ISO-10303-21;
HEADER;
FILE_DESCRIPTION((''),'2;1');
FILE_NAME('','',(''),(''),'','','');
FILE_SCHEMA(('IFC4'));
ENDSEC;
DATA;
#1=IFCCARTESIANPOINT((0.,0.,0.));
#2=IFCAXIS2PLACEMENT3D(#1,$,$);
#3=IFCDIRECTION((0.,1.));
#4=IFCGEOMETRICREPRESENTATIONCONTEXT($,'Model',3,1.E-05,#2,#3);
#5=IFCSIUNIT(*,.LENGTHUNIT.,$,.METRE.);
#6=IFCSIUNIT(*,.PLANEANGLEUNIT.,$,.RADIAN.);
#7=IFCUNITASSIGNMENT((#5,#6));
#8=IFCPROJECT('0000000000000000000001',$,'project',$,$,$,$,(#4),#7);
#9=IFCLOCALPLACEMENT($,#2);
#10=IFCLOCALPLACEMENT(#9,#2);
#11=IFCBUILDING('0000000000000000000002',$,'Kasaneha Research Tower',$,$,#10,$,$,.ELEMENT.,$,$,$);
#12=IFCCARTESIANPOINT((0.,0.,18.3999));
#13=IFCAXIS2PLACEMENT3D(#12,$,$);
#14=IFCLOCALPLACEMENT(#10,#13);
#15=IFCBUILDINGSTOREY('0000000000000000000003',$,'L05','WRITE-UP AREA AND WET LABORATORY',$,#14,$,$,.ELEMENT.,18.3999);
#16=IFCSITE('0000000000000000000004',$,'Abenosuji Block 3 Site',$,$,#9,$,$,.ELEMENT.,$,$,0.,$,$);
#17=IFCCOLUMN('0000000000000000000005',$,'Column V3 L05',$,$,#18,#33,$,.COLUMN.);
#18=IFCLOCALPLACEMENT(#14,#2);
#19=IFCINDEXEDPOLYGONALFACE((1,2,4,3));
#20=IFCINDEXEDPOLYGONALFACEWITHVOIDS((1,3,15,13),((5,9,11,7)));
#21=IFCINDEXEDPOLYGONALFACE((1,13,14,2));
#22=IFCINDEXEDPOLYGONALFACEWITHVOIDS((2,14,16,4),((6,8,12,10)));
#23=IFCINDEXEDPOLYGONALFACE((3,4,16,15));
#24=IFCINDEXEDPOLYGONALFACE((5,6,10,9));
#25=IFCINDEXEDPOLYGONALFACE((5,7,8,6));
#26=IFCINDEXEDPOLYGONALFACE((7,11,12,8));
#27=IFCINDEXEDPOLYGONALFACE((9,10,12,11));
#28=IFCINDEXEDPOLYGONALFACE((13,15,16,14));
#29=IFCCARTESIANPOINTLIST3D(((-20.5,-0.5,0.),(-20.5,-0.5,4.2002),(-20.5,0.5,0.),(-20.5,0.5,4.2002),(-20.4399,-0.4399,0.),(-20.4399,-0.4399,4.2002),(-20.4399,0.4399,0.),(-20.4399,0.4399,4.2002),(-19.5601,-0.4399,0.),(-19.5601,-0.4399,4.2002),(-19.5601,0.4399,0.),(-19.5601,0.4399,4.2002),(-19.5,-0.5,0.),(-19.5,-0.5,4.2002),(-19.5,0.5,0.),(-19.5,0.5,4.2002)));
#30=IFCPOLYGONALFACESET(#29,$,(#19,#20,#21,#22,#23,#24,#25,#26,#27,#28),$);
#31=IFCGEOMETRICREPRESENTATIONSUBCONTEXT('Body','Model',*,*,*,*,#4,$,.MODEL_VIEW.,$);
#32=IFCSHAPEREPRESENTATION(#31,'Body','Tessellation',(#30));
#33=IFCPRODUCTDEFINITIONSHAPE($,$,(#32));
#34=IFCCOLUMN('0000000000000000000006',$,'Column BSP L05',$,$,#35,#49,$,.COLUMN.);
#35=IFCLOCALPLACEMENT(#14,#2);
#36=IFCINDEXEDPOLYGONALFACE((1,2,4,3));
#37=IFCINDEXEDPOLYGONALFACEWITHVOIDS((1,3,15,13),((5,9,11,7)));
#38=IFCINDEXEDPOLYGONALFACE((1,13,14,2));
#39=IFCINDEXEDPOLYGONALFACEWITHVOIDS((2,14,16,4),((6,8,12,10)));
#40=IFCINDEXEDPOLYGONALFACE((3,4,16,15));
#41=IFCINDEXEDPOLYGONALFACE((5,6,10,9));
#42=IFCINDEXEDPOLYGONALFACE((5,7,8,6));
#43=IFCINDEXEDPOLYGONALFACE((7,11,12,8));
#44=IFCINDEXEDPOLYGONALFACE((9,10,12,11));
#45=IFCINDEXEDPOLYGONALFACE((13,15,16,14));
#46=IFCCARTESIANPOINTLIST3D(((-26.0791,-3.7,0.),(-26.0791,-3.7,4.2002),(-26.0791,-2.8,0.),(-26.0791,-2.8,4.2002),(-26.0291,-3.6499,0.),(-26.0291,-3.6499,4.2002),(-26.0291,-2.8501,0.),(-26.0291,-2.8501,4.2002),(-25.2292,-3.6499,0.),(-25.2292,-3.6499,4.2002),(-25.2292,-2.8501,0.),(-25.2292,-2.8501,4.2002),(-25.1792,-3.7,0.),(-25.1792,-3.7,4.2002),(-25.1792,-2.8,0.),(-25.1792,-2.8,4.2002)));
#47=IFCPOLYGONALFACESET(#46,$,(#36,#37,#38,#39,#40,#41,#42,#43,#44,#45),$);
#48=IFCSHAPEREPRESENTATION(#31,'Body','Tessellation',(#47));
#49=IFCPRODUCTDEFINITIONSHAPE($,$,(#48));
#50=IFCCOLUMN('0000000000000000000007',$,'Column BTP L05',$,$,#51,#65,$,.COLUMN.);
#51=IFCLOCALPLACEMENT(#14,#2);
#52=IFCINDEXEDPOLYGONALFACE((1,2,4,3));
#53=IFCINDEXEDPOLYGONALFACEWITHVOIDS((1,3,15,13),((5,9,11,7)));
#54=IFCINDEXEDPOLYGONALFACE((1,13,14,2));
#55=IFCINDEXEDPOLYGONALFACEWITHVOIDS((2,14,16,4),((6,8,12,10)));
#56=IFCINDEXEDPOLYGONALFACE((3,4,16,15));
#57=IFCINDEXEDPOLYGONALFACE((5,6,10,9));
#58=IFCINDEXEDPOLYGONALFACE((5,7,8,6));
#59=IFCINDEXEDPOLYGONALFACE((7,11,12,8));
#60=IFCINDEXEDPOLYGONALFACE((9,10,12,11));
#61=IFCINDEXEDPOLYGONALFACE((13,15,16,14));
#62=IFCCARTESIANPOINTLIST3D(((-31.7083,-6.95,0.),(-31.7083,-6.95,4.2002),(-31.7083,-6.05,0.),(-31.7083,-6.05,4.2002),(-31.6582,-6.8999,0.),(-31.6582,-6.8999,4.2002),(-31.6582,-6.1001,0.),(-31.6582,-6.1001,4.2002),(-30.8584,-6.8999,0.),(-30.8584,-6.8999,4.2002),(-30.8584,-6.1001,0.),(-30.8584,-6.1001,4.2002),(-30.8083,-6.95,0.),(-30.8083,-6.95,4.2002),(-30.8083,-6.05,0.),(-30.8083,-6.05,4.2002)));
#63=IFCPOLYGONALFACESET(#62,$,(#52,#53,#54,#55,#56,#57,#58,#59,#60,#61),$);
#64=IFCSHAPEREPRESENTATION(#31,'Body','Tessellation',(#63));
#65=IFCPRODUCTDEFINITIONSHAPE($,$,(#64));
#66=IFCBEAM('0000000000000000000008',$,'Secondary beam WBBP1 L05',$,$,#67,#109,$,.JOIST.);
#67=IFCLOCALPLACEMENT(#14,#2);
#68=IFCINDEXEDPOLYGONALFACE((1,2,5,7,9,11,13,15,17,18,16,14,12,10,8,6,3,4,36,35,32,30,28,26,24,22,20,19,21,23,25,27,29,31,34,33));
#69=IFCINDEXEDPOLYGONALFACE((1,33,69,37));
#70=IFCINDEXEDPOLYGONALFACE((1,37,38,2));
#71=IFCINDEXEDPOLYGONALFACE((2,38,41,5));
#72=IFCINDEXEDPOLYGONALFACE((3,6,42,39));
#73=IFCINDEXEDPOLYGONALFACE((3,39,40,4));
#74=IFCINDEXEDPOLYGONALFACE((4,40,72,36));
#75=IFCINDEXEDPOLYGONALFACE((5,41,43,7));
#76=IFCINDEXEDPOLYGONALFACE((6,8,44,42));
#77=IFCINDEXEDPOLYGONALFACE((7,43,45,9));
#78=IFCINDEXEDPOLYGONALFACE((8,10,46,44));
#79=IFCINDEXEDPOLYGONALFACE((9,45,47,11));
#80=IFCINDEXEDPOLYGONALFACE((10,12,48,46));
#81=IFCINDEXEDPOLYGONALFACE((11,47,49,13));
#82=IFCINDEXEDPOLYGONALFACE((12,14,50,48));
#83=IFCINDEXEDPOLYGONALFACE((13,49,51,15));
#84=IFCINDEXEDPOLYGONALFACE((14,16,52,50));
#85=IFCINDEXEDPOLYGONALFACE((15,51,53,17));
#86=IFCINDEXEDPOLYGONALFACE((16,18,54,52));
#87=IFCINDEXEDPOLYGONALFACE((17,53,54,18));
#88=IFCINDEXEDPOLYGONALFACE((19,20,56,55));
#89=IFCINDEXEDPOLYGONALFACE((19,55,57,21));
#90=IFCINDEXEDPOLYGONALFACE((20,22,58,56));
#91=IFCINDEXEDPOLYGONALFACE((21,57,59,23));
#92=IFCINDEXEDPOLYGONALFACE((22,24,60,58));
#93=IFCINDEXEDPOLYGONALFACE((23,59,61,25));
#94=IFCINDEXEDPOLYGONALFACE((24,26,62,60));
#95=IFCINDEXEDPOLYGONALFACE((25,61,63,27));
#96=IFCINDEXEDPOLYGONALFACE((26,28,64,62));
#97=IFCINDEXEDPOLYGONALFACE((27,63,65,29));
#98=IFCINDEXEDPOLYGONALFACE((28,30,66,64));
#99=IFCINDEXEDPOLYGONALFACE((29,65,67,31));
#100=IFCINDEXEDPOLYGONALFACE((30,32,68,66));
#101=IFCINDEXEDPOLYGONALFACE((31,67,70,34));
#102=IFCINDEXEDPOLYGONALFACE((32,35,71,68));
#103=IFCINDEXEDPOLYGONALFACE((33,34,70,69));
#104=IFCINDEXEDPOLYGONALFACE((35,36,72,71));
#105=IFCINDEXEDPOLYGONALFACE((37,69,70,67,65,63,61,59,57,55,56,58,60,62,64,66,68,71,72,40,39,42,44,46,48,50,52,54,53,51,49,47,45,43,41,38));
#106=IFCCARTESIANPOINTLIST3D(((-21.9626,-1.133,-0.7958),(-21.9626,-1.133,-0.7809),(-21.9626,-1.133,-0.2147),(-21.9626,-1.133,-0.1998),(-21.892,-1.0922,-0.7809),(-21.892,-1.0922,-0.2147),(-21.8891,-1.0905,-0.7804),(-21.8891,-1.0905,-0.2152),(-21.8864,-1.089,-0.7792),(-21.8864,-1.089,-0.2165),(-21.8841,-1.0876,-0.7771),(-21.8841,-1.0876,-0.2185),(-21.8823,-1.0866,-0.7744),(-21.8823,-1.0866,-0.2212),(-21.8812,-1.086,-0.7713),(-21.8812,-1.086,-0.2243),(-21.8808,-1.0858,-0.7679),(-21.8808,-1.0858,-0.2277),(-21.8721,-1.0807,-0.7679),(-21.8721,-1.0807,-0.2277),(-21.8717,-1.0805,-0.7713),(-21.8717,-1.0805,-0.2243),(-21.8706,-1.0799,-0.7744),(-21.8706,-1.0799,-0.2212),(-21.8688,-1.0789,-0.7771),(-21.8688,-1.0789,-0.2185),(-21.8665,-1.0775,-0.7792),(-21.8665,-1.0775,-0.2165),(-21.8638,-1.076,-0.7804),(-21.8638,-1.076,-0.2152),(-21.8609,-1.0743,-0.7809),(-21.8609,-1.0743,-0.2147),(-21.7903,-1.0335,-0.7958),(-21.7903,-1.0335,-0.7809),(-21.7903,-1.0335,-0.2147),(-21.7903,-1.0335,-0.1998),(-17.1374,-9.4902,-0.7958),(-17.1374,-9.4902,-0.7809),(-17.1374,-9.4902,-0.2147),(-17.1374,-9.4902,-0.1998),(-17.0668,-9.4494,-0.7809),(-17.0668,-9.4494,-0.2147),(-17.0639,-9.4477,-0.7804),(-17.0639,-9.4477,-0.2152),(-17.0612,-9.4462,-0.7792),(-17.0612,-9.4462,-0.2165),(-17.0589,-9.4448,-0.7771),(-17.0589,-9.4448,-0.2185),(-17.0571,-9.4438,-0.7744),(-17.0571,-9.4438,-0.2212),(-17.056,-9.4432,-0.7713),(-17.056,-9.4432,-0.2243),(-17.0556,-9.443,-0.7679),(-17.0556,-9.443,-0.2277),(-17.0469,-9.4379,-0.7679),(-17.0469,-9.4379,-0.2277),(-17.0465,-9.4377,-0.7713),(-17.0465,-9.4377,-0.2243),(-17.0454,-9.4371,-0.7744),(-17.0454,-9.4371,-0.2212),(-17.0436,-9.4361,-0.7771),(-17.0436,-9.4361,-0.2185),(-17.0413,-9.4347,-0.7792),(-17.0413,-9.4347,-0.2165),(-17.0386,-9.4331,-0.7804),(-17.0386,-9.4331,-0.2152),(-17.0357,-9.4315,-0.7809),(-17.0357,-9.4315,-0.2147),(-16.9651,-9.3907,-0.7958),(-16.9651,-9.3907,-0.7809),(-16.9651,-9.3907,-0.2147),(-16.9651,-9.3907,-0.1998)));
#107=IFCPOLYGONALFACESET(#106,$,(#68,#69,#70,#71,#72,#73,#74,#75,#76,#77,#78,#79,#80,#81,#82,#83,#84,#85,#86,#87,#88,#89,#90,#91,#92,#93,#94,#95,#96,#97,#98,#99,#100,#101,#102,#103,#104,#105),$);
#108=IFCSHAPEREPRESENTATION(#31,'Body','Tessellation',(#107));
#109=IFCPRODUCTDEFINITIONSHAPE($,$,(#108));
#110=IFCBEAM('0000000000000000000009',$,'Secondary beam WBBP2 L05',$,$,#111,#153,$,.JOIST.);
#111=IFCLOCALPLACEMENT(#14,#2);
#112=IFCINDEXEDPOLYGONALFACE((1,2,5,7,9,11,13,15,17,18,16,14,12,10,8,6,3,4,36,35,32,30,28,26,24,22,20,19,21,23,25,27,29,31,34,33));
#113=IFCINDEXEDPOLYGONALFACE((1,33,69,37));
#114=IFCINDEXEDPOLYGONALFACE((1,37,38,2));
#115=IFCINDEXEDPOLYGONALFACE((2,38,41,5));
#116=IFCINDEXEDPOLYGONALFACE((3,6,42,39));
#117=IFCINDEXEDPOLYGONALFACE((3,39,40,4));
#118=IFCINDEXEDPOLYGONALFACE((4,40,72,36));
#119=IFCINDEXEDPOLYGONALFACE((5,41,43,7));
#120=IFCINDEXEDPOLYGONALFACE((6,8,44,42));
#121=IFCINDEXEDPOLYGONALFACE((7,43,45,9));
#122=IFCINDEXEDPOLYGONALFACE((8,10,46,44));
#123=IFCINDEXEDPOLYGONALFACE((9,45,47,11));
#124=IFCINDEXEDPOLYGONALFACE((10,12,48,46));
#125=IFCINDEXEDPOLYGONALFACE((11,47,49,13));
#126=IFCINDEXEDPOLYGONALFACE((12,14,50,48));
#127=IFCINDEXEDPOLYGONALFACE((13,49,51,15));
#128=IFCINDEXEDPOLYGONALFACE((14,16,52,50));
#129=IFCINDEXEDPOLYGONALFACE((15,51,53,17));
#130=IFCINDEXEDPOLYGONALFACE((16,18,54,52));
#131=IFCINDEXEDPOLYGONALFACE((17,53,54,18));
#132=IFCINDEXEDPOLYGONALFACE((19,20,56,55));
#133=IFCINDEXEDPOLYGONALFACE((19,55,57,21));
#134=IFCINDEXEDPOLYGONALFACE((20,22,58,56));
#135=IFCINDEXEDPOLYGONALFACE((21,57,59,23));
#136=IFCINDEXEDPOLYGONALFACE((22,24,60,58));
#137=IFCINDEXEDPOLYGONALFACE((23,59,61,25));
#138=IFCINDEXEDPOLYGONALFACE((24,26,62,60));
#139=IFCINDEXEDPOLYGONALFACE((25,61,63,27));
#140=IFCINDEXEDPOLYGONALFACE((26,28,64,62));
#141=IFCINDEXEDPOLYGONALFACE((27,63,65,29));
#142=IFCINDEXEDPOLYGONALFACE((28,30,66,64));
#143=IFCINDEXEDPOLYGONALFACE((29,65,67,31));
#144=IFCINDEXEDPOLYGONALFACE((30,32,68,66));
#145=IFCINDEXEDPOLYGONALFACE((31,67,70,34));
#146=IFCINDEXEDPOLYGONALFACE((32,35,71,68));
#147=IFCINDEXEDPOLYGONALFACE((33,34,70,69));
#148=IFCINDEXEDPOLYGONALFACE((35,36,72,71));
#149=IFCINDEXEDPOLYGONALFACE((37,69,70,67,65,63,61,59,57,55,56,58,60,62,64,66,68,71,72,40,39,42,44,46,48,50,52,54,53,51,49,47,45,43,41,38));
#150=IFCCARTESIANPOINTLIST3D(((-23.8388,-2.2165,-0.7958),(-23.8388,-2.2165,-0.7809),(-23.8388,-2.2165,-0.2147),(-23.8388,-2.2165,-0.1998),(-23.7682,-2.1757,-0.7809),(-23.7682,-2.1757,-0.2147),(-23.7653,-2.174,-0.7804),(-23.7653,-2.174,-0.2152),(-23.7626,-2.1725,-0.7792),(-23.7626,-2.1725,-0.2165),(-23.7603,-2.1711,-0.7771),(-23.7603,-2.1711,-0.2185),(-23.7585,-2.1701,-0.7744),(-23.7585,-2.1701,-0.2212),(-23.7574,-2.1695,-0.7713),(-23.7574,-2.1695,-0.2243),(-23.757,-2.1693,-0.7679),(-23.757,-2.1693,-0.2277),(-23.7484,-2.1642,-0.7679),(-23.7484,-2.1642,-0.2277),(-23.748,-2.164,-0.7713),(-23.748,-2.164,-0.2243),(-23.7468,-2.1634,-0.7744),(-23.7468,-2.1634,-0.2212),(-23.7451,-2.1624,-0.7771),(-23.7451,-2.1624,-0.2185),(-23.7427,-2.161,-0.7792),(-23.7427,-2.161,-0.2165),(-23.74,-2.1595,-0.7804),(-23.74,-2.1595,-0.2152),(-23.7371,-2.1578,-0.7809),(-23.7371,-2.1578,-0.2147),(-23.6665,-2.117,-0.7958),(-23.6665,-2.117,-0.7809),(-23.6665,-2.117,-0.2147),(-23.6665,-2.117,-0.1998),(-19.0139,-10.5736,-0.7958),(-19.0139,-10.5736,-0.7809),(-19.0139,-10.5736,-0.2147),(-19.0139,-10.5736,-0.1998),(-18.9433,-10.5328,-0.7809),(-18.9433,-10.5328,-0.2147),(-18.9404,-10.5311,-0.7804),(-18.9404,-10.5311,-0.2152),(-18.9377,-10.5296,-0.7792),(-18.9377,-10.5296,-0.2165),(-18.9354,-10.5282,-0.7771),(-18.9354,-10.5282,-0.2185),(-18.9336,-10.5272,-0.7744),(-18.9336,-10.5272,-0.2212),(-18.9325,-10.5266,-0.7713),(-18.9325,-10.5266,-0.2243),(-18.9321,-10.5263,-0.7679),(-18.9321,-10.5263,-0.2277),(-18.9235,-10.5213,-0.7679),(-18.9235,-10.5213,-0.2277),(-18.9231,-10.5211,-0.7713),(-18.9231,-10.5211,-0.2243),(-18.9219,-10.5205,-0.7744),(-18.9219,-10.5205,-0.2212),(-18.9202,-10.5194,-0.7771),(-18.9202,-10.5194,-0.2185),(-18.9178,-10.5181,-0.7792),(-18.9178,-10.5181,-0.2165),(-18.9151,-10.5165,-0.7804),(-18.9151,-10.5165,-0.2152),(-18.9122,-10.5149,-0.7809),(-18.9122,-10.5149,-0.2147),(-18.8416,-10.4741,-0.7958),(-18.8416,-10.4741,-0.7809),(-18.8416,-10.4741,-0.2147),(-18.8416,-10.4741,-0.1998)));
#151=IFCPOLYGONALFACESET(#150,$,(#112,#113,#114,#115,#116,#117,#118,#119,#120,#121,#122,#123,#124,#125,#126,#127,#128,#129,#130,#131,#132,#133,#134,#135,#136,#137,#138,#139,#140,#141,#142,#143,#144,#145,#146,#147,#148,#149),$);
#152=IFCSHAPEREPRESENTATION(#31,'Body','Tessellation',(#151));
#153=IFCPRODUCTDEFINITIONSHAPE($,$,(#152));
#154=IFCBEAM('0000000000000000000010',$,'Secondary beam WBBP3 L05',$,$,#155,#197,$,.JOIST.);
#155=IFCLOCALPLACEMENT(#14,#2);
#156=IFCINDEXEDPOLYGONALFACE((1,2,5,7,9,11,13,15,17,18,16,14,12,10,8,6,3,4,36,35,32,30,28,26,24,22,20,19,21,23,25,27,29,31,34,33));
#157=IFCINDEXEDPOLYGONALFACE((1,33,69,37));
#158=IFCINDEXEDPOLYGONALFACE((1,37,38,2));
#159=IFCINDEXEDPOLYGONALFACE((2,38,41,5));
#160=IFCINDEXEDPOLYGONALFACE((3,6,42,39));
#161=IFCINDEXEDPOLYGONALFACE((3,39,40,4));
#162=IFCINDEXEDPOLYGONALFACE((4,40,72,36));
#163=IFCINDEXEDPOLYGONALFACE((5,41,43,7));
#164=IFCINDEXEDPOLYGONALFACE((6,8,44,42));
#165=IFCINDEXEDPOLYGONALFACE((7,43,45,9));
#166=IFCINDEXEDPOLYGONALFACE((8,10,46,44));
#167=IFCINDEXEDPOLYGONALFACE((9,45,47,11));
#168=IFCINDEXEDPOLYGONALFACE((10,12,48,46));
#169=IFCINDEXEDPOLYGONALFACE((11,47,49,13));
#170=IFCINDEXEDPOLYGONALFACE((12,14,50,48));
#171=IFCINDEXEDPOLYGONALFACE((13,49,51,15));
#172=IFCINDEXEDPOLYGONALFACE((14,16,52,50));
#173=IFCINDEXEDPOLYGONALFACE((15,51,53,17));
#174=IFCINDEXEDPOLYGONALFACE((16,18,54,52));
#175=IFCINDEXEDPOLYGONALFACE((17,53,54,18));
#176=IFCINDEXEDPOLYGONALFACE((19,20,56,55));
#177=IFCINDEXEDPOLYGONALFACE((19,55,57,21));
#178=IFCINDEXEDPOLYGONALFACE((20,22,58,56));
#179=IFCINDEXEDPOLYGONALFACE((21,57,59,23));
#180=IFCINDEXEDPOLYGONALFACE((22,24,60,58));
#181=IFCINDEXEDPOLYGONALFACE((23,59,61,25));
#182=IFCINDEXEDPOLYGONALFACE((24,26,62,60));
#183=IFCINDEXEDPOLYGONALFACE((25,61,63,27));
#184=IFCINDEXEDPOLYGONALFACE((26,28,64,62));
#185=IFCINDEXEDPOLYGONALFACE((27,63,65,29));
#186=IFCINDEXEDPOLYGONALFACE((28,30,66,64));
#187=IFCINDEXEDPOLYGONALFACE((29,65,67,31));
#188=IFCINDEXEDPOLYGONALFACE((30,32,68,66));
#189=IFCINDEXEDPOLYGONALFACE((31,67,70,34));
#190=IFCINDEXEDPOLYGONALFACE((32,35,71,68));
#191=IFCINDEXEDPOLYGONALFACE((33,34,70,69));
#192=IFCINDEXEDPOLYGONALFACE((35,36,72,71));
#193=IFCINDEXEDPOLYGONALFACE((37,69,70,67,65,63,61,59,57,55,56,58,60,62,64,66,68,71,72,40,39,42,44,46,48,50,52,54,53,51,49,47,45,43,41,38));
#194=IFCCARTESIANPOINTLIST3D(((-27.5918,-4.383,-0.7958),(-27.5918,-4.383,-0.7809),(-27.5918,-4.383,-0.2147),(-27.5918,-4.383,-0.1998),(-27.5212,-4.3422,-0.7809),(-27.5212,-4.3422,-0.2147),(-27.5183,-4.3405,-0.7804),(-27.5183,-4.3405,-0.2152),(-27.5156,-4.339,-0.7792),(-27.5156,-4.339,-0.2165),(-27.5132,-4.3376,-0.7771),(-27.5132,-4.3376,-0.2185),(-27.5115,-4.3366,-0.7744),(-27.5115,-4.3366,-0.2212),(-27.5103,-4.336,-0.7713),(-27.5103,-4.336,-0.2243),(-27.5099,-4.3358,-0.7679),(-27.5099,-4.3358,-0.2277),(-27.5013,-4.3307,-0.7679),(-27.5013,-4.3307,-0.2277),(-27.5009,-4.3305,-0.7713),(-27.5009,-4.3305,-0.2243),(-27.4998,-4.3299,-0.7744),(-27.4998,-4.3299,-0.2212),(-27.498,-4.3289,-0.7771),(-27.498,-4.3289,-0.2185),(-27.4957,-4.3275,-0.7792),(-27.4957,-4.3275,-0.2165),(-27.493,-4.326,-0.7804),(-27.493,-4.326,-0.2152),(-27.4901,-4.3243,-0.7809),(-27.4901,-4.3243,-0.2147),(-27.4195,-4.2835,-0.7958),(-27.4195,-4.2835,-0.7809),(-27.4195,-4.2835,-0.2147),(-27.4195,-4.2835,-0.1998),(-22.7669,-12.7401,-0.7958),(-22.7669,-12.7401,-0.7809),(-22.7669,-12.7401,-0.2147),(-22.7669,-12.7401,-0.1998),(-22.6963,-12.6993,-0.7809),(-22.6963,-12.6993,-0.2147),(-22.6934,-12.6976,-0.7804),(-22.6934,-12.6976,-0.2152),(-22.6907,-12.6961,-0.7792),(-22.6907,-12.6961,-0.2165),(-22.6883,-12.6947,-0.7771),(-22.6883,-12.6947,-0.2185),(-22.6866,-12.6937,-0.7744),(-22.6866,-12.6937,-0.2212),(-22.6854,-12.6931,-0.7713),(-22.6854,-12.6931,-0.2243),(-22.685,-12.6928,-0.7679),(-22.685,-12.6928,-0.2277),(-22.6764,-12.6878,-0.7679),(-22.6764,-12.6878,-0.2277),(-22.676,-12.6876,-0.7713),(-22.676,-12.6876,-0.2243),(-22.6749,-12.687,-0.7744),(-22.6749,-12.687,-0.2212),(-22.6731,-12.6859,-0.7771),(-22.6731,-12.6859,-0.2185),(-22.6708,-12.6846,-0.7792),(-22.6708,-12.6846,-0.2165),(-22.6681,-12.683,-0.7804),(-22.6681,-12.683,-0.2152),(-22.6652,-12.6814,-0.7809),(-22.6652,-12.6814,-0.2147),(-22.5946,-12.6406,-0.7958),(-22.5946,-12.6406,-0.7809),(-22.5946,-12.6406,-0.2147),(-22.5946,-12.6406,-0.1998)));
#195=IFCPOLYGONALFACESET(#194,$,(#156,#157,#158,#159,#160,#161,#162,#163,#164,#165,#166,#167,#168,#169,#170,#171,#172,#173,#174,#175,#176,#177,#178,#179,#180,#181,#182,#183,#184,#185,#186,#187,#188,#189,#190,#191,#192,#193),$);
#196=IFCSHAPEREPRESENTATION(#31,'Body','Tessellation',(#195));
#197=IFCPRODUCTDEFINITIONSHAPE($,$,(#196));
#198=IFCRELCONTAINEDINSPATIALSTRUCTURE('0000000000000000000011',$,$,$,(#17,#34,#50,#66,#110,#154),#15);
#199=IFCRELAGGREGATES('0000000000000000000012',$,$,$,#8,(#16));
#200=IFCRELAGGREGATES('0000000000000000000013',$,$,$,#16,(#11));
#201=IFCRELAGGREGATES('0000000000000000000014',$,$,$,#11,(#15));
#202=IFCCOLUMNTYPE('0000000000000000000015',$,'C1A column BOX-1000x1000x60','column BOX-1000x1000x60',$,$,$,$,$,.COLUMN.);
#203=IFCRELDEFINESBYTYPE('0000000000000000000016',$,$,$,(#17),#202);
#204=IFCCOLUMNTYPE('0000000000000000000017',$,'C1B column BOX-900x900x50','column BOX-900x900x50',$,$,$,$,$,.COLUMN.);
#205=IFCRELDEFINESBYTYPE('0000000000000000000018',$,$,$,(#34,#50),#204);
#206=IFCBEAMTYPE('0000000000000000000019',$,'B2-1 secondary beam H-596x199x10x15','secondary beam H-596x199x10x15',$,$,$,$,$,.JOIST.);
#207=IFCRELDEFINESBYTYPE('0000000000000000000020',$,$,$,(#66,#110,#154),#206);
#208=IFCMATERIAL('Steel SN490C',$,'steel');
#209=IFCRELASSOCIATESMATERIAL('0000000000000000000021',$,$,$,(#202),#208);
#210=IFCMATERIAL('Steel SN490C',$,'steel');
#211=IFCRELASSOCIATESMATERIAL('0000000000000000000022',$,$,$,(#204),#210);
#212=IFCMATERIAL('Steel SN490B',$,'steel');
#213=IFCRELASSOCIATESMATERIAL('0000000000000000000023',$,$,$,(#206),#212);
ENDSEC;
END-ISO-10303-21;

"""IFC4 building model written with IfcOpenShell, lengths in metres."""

from ifc_helpers import new_model, si_unit, direction, frame, origin, origin_2d, place, context, subcontext, project, spatial, hollow_rectangle, i_section, extrude, material, material_profile, profile_set, type_object, element, save


model = new_model("IFC4")

# Units and contexts
model_context = context("Model", 3, precision=1e-05, world=origin(), true_north=direction((0.0, 1.0)))
body_context = subcontext(model_context, "Body", "Model", "MODEL_VIEW")
ifc_project = project(units=[si_unit("LENGTHUNIT", "METRE"), si_unit("PLANEANGLEUNIT", "RADIAN")], contexts=[model_context])

# Site, building, storey
site_placement = place(None, origin())
site = spatial("IfcSite", under=ifc_project, at=site_placement, Name="Abenosuji Block 3 Site", CompositionType="ELEMENT", RefElevation=0.0)
building_placement = place(site_placement, origin())
building = spatial("IfcBuilding", under=site, at=building_placement, Name="Kasaneha Research Tower", CompositionType="ELEMENT")
storey_placement = place(building_placement, frame((0.0, 0.0, 18.3999)))
storey = spatial("IfcBuildingStorey", under=building, at=storey_placement, Name="L05", Description="WRITE-UP AREA AND WET LABORATORY", CompositionType="ELEMENT", Elevation=18.3999)

# Columns
ifc_material_1 = material(Name="Steel SN490C", Category="steel")
ifc_material_profile_1 = material_profile(ifc_material_1, hollow_rectangle(XDim=1.0, YDim=1.0, WallThickness=0.0601, at=origin_2d()), Name="BOX-1000x1000x60")
ifc_profile_set_1 = profile_set([ifc_material_profile_1], Name="Steel SN490C")
column_type_1 = type_object("IfcColumnType", Name="C1A column BOX-1000x1000x60", Description="column BOX-1000x1000x60", PredefinedType="COLUMN", material=ifc_profile_set_1)
column_placement = place(storey_placement, frame((-20.0, 0.0, 0.0), z_axis=(0.0, 0.0, 1.0), x_axis=(1.0, 0.0, 0.0)))
element("IfcColumn", 1, at=column_placement, inside=storey, type_object=column_type_1, Name="Column V3 L05", PredefinedType="COLUMN", context=body_context, shape_type="SweptSolid", body=[
    extrude(hollow_rectangle(XDim=1.0, YDim=1.0, WallThickness=0.0601, at=origin_2d()), origin(), (0.0, 0.0, 1.0), 4.2002),
])
ifc_material_2 = material(Name="Steel SN490C", Category="steel")
ifc_material_profile_2 = material_profile(ifc_material_2, hollow_rectangle(XDim=0.8999, YDim=0.8999, WallThickness=0.05, at=origin_2d()), Name="BOX-900x900x50")
ifc_profile_set_2 = profile_set([ifc_material_profile_2], Name="Steel SN490C")
column_type_2 = type_object("IfcColumnType", Name="C1B column BOX-900x900x50", Description="column BOX-900x900x50", PredefinedType="COLUMN", material=ifc_profile_set_2)
for number, where, z_axis, x_axis, name in (
    (2, (-25.6292, -3.25, 0.0), (0.0, 0.0, 1.0), (1.0, 0.0, 0.0), "Column BSP L05"),
    (3, (-31.2583, -6.5, 0.0), (0.0, 0.0, 1.0), (1.0, 0.0, 0.0), "Column BTP L05"),
):
    element("IfcColumn", number, at=place(storey_placement, frame(where, z_axis=z_axis, x_axis=x_axis)), inside=storey, type_object=column_type_2, Name=name, PredefinedType="COLUMN", context=body_context, shape_type="SweptSolid", body=[
        extrude(hollow_rectangle(XDim=0.8999, YDim=0.8999, WallThickness=0.05, at=origin_2d()), origin(), (0.0, 0.0, 1.0), 4.2002),
    ])

# Beams
ifc_material_3 = material(Name="Steel SN490B", Category="steel")
ifc_material_profile_3 = material_profile(ifc_material_3, i_section(OverallWidth=0.199, OverallDepth=0.5959, WebThickness=0.01, FlangeThickness=0.0149, FilletRadius=0.0129, at=origin_2d()), Name="H-596x199x10x15")
ifc_profile_set_3 = profile_set([ifc_material_profile_3], Name="Steel SN490B")
beam_type_1 = type_object("IfcBeamType", Name="B2-1 secondary beam H-596x199x10x15", Description="secondary beam H-596x199x10x15", PredefinedType="JOIST", material=ifc_profile_set_3)
beam_1_placement = place(storey_placement, frame((-21.8765, -1.0833, -0.4978), z_axis=(0.500014, -0.866017, 0.0), x_axis=(0.866017, 0.500014, 0.0)))
element("IfcBeam", 4, at=beam_1_placement, inside=storey, type_object=beam_type_1, Name="Secondary beam WBBP1 L05", PredefinedType="JOIST", context=body_context, shape_type="SweptSolid", body=[
    extrude(i_section(OverallWidth=0.199, OverallDepth=0.5959, WebThickness=0.01, FlangeThickness=0.0149, FilletRadius=0.0129, at=origin_2d()), origin(), (0.0, 0.0, 1.0), 9.6501),
])
for number, where, z_axis, x_axis, name in (
    (5, (-23.7527, -2.1667, -0.4978), (0.499995, -0.866028, 0.0), (0.866028, 0.499995, 0.0), "Secondary beam WBBP2 L05"),
    (6, (-27.5056, -4.3333, -0.4978), (0.499995, -0.866028, 0.0), (0.866028, 0.499995, 0.0), "Secondary beam WBBP3 L05"),
):
    element("IfcBeam", number, at=place(storey_placement, frame(where, z_axis=z_axis, x_axis=x_axis)), inside=storey, type_object=beam_type_1, Name=name, PredefinedType="JOIST", context=body_context, shape_type="SweptSolid", body=[
        extrude(i_section(OverallWidth=0.199, OverallDepth=0.5959, WebThickness=0.01, FlangeThickness=0.0149, FilletRadius=0.0129, at=origin_2d()), origin(), (0.0, 0.0, 1.0), 9.6499),
    ])

save(model, "model.ifc")
